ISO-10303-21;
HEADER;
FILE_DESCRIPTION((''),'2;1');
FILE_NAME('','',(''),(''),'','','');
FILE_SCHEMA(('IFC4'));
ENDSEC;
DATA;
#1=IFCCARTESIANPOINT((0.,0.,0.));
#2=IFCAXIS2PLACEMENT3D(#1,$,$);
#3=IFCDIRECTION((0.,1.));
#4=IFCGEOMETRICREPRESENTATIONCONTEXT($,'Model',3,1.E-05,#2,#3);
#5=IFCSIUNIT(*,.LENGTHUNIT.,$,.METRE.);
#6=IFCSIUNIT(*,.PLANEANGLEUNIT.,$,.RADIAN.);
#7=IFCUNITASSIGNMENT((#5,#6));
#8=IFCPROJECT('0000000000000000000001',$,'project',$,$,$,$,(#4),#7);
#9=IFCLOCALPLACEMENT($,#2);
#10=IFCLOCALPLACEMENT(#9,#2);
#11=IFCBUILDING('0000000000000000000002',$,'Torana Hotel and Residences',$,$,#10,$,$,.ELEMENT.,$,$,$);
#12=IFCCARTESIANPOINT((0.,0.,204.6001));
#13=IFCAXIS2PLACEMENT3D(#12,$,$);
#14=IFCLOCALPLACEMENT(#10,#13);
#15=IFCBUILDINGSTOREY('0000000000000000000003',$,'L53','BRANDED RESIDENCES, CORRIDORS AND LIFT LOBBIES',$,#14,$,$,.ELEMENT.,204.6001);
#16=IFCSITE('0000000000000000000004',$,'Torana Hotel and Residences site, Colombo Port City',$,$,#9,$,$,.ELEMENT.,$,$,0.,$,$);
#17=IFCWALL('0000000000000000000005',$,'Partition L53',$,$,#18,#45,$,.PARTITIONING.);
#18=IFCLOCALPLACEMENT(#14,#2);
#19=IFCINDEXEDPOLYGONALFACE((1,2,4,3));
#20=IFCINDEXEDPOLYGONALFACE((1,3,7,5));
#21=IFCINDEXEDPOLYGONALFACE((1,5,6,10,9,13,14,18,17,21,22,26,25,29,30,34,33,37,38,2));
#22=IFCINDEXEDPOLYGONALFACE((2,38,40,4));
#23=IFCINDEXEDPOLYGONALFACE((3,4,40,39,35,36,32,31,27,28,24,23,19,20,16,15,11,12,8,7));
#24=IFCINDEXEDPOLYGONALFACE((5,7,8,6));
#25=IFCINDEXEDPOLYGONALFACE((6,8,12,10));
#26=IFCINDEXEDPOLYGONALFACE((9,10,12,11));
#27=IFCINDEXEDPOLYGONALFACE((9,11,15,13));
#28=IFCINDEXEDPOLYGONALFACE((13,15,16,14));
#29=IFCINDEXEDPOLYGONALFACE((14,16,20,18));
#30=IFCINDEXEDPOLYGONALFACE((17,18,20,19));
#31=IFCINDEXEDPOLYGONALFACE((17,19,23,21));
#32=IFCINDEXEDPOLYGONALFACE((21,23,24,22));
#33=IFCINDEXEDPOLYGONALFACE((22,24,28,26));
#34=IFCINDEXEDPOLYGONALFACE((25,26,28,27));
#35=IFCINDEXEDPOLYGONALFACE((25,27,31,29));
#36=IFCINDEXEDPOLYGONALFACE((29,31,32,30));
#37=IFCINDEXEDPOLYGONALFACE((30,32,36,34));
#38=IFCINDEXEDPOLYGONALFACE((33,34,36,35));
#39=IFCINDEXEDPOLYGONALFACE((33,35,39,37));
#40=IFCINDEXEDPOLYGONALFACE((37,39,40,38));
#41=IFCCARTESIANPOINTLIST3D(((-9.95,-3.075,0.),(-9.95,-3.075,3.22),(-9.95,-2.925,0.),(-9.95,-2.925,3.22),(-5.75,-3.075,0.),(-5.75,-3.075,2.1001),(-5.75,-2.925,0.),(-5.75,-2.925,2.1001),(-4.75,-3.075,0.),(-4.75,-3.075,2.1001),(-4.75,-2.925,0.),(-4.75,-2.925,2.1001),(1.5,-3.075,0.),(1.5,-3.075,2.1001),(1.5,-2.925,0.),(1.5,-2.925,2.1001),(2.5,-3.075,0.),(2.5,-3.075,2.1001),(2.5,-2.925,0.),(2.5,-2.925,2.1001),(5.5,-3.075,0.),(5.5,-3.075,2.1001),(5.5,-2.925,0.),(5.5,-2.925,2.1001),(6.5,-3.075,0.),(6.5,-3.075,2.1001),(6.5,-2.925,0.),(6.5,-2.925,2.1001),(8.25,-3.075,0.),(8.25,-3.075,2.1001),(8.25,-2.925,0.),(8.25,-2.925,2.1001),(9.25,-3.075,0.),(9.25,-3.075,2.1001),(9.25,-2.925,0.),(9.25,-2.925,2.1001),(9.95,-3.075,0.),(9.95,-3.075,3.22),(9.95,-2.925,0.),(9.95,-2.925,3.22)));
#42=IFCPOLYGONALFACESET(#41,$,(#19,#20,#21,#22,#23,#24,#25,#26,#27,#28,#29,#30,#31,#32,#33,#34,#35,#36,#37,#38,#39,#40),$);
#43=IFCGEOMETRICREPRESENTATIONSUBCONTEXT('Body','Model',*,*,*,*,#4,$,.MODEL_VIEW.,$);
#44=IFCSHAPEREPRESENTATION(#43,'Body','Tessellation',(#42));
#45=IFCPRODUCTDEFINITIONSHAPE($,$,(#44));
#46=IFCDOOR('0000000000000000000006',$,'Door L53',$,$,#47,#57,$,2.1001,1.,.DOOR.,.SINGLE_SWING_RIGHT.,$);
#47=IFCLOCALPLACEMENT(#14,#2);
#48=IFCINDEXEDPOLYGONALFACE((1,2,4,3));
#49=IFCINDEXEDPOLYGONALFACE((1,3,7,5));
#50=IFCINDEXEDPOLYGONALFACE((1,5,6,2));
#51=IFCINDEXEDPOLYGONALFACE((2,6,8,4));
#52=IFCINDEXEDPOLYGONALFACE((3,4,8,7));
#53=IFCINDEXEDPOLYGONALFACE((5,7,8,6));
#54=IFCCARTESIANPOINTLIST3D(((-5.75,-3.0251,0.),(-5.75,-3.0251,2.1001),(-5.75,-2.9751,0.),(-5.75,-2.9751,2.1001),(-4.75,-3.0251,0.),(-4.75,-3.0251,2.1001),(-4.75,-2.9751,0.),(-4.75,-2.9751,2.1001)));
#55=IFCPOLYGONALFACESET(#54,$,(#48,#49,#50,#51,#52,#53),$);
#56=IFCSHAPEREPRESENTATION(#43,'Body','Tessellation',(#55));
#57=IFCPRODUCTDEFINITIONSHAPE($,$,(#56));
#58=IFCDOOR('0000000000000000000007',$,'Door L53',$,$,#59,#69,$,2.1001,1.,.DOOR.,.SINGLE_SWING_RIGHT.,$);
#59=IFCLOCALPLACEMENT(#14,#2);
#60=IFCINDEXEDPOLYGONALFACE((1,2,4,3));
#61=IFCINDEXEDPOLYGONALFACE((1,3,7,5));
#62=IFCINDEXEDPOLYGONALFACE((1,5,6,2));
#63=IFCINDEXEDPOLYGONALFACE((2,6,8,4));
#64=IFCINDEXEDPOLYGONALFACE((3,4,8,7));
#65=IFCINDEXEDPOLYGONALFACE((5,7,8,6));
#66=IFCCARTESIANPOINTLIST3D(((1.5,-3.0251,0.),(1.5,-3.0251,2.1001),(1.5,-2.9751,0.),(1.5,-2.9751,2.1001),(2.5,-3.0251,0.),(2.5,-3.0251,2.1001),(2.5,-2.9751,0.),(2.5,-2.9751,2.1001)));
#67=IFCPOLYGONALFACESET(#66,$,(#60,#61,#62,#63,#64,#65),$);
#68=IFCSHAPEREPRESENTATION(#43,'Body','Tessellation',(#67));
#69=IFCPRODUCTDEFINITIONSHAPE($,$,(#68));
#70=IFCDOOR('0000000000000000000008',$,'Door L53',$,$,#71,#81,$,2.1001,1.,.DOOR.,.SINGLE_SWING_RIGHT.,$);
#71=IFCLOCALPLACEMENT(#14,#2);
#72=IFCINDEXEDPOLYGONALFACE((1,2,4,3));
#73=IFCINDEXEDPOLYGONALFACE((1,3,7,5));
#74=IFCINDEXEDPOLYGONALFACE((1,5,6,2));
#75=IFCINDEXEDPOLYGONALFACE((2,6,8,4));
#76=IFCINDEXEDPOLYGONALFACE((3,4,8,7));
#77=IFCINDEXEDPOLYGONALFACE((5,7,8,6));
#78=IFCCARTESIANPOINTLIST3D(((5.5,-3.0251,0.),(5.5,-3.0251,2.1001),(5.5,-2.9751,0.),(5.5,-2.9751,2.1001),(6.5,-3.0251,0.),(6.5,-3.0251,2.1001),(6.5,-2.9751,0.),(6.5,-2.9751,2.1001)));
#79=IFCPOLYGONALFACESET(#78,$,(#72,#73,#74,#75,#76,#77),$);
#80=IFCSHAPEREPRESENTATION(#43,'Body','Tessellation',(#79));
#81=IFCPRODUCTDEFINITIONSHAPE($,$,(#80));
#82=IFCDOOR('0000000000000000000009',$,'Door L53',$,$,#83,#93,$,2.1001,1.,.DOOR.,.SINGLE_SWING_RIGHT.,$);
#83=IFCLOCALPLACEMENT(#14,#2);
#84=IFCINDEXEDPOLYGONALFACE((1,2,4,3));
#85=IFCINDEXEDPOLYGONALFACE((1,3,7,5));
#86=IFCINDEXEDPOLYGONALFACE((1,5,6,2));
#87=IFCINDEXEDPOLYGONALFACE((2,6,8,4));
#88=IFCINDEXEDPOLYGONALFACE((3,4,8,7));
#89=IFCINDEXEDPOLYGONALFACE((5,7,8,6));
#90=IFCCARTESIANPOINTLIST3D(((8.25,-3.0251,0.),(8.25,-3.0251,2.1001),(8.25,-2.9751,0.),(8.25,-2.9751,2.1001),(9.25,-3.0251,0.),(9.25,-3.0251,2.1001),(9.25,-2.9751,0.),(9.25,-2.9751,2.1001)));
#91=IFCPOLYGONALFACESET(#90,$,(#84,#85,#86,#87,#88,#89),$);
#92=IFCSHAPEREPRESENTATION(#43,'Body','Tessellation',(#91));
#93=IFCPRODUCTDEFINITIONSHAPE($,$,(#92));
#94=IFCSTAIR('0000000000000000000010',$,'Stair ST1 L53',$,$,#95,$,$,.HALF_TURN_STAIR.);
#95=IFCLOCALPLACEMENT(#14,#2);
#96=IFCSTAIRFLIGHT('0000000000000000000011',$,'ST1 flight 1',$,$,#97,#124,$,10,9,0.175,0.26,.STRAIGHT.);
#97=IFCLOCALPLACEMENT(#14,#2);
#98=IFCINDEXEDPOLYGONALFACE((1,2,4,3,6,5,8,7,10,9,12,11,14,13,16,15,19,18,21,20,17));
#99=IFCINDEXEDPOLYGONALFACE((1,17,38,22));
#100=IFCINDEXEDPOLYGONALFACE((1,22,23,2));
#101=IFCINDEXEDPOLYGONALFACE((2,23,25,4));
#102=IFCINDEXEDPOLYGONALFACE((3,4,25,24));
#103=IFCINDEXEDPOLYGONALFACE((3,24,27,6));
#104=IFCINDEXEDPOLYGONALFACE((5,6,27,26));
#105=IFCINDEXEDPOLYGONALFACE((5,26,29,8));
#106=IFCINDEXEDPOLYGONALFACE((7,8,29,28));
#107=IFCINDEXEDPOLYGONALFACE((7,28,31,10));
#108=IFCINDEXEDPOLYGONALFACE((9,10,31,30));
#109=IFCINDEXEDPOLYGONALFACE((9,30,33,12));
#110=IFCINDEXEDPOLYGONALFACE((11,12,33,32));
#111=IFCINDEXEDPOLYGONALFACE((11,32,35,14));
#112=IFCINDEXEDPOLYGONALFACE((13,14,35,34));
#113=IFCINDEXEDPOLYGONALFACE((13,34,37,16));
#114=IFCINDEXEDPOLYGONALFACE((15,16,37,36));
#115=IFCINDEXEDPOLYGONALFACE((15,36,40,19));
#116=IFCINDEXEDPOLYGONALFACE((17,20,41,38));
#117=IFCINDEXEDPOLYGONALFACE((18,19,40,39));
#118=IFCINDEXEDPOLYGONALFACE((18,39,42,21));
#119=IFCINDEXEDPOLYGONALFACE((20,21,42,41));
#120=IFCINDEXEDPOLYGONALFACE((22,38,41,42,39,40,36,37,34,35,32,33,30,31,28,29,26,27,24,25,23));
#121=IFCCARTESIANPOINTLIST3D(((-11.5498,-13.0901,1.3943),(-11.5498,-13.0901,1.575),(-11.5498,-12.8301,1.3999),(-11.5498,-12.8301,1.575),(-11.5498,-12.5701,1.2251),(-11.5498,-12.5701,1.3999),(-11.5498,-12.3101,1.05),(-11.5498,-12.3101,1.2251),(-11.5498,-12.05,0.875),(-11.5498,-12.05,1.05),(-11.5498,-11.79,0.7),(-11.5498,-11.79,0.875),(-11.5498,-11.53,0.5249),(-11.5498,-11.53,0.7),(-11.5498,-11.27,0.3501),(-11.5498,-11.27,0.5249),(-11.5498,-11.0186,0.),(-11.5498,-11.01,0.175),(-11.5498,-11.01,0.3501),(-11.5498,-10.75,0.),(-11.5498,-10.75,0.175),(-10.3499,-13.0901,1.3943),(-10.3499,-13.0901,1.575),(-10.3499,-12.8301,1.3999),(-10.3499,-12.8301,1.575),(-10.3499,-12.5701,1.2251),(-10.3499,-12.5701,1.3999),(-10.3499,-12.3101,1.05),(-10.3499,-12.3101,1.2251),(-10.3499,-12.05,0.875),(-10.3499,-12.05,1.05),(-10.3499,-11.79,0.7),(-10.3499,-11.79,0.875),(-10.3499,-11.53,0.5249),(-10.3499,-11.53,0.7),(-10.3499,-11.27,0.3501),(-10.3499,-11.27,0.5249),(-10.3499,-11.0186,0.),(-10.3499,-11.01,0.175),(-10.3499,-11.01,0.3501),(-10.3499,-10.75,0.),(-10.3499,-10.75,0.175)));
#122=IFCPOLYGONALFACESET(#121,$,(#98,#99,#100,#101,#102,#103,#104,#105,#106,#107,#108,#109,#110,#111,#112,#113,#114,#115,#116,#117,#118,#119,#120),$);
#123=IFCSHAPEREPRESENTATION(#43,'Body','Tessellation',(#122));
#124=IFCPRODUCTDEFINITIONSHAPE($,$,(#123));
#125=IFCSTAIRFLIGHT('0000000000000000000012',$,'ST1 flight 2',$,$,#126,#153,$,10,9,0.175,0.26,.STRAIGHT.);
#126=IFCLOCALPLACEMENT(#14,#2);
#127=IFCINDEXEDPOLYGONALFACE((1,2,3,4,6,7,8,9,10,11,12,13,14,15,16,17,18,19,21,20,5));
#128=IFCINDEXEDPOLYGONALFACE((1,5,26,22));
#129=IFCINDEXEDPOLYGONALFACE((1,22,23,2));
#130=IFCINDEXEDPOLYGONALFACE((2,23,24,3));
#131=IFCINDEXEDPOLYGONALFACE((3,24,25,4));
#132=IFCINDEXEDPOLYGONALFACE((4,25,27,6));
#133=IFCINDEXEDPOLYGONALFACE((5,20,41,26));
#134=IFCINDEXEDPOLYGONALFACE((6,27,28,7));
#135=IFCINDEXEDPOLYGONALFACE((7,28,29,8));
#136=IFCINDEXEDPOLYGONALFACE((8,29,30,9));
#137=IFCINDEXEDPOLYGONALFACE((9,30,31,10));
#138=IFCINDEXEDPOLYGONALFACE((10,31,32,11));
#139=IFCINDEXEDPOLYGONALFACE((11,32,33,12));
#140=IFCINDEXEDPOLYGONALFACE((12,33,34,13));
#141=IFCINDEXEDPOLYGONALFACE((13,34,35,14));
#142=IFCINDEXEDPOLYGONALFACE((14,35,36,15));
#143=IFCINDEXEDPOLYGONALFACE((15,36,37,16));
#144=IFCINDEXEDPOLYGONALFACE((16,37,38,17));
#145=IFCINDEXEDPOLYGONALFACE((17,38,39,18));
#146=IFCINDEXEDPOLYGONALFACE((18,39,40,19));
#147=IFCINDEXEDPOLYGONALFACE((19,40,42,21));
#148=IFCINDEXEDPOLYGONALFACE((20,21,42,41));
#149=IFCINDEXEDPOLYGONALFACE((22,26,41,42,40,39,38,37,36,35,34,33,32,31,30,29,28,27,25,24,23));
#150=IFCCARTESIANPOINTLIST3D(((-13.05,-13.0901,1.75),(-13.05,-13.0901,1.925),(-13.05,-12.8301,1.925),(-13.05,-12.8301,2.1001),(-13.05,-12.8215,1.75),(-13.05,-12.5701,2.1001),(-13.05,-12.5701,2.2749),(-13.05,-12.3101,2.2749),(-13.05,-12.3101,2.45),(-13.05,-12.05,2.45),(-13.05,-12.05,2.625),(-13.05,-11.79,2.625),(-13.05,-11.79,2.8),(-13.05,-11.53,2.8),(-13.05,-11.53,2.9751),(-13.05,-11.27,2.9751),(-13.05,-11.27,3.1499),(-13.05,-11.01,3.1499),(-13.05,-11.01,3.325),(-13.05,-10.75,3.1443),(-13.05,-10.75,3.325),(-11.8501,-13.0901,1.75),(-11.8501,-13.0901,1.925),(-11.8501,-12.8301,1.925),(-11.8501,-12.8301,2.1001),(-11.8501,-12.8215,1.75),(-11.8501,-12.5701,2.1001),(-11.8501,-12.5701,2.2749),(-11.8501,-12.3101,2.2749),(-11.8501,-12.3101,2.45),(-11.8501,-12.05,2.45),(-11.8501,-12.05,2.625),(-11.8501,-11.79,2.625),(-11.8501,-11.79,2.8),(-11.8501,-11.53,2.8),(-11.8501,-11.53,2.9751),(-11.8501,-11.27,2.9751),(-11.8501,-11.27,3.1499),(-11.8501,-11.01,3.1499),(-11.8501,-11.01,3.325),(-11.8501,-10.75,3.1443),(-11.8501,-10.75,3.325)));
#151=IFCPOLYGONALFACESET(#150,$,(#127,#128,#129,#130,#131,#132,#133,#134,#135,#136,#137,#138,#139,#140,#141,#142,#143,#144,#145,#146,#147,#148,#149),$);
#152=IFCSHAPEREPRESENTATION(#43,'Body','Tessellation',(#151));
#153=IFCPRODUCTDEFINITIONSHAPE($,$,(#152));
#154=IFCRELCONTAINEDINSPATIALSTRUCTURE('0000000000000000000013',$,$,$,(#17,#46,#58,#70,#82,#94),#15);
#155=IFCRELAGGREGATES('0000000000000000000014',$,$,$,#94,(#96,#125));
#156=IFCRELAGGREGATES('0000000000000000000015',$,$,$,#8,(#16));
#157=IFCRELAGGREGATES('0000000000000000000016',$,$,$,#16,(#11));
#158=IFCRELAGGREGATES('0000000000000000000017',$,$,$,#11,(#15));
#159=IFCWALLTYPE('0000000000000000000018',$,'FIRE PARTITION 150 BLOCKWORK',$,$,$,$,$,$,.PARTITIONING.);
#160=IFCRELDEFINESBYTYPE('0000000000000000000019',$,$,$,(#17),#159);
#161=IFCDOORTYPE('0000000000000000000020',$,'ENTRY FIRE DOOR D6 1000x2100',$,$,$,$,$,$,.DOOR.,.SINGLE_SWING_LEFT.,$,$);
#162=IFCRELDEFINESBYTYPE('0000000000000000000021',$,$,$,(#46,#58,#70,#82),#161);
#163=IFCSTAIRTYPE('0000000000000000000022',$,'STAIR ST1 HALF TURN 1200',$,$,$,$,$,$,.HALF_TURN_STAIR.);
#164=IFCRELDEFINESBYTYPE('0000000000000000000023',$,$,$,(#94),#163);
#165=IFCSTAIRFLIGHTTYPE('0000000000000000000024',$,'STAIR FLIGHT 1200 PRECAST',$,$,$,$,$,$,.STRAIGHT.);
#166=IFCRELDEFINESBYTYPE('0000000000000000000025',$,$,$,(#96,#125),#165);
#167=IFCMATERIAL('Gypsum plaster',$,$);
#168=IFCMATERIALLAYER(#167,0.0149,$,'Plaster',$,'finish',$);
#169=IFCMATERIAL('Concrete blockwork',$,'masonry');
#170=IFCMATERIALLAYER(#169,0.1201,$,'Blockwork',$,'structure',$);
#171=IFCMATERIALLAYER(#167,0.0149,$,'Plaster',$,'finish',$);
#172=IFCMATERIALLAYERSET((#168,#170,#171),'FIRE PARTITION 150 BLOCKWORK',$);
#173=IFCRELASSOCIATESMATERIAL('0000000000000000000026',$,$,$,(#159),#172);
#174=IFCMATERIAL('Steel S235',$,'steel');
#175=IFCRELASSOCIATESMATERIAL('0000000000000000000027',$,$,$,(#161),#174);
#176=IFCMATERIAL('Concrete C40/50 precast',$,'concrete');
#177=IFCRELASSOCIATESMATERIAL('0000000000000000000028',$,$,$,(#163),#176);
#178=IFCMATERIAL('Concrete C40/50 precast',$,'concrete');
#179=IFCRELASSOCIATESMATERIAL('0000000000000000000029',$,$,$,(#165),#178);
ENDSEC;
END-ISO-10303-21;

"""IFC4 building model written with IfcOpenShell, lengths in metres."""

from ifc_helpers import new_model, si_unit, direction, frame, frame_2d, origin, place, context, subcontext, project, spatial, polyline, rectangle, outline, extrude, material, layer, layer_set, type_object, element, fill, aggregate, save


model = new_model("IFC4")

# Units and contexts
model_context = context("Model", 3, precision=1e-05, world=origin(), true_north=direction((0.0, 1.0)))
body_context = subcontext(model_context, "Body", "Model", "MODEL_VIEW")
ifc_project = project(units=[si_unit("LENGTHUNIT", "METRE"), si_unit("PLANEANGLEUNIT", "RADIAN")], contexts=[model_context])

# Site, building, storey
site_placement = place(None, origin())
site = spatial("IfcSite", under=ifc_project, at=site_placement, Name="Torana Hotel and Residences site, Colombo Port City", CompositionType="ELEMENT", RefElevation=0.0)
building_placement = place(site_placement, origin())
building = spatial("IfcBuilding", under=site, at=building_placement, Name="Torana Hotel and Residences", CompositionType="ELEMENT")
storey_placement = place(building_placement, frame((0.0, 0.0, 204.6001)))
storey = spatial("IfcBuildingStorey", under=building, at=storey_placement, Name="L53", Description="BRANDED RESIDENCES, CORRIDORS AND LIFT LOBBIES", CompositionType="ELEMENT", Elevation=204.6001)

# Shared definitions
ifc_material_1 = material(Name="Gypsum plaster")
ifc_layer_1 = layer(ifc_material_1, 0.0149, Name="Plaster", Category="finish")
ifc_material_2 = material(Name="Concrete blockwork", Category="masonry")
ifc_layer_2 = layer(ifc_material_2, 0.1201, Name="Blockwork", Category="structure")
ifc_layer_3 = layer(ifc_material_1, 0.0149, Name="Plaster", Category="finish")
ifc_layer_set_1 = layer_set([ifc_layer_1, ifc_layer_2, ifc_layer_3], Name="FIRE PARTITION 150 BLOCKWORK")
wall_type_1 = type_object("IfcWallType", Name="FIRE PARTITION 150 BLOCKWORK", PredefinedType="PARTITIONING", material=ifc_layer_set_1)

# Wall, openings, doors
ifc_material_3 = material(Name="Steel S235", Category="steel")
door_type_1 = type_object("IfcDoorType", Name="ENTRY FIRE DOOR D6 1000x2100", OperationType="SINGLE_SWING_LEFT", PredefinedType="DOOR", material=ifc_material_3)
wall_1_placement = place(storey_placement, frame((-9.95, -3.0, 0.0), z_axis=(0.0, 0.0, 1.0), x_axis=(1.0, 0.0, 0.0)))
wall_1 = element("IfcWall", 1, at=wall_1_placement, inside=storey, type_object=wall_type_1, Name="Partition L53", PredefinedType="PARTITIONING", context=body_context, shape_type="SweptSolid", body=[
    extrude(rectangle(XDim=19.8999, YDim=0.1499, at=frame_2d((9.95, 0.0))), origin(), (0.0, 0.0, 1.0), 3.22),
])
opening_1_placement = place(wall_1_placement, frame((4.2, 0.0, 0.0)))
opening_1 = element("IfcOpeningElement", 2, at=opening_1_placement, cuts=wall_1, PredefinedType="OPENING", context=body_context, shape_type="SweptSolid", body=[
    extrude(rectangle(XDim=1.0, YDim=2.1001, at=frame_2d((0.5, 1.05))), frame((0.0, 0.085, 0.0), z_axis=(0.0, -1.0, 0.0), x_axis=(1.0, 0.0, 0.0)), (0.0, 0.0, 1.0), 0.1699),
])
opening_2_placement = place(wall_1_placement, frame((11.45, 0.0, 0.0)))
opening_2 = element("IfcOpeningElement", 3, at=opening_2_placement, cuts=wall_1, PredefinedType="OPENING", context=body_context, shape_type="SweptSolid", body=[
    extrude(rectangle(XDim=1.0, YDim=2.1001, at=frame_2d((0.5, 1.05))), frame((0.0, 0.085, 0.0), z_axis=(0.0, -1.0, 0.0), x_axis=(1.0, 0.0, 0.0)), (0.0, 0.0, 1.0), 0.1699),
])
opening_3_placement = place(wall_1_placement, frame((15.45, 0.0, 0.0)))
opening_3 = element("IfcOpeningElement", 4, at=opening_3_placement, cuts=wall_1, PredefinedType="OPENING", context=body_context, shape_type="SweptSolid", body=[
    extrude(rectangle(XDim=1.0, YDim=2.1001, at=frame_2d((0.5, 1.05))), frame((0.0, 0.085, 0.0), z_axis=(0.0, -1.0, 0.0), x_axis=(1.0, 0.0, 0.0)), (0.0, 0.0, 1.0), 0.1699),
])
opening_4_placement = place(wall_1_placement, frame((18.2, 0.0, 0.0)))
opening_4 = element("IfcOpeningElement", 5, at=opening_4_placement, cuts=wall_1, PredefinedType="OPENING", context=body_context, shape_type="SweptSolid", body=[
    extrude(rectangle(XDim=1.0, YDim=2.1001, at=frame_2d((0.5, 1.05))), frame((0.0, 0.085, 0.0), z_axis=(0.0, -1.0, 0.0), x_axis=(1.0, 0.0, 0.0)), (0.0, 0.0, 1.0), 0.1699),
])
door_1_placement = place(opening_1_placement, origin())
door_1 = element("IfcDoor", 6, at=door_1_placement, inside=storey, type_object=door_type_1, Name="Door L53", OperationType="SINGLE_SWING_RIGHT", OverallHeight=2.1001, OverallWidth=1.0, PredefinedType="DOOR", context=body_context, shape_type="SweptSolid", body=[
    extrude(rectangle(XDim=1.0, YDim=2.1001, at=frame_2d((0.5, 1.05))), frame((0.0, 0.0249, 0.0), z_axis=(0.0, -1.0, 0.0), x_axis=(1.0, 0.0, 0.0)), (0.0, 0.0, 1.0), 0.05),
])
fill(opening_1, door_1)
door_2_placement = place(opening_2_placement, origin())
door_2 = element("IfcDoor", 7, at=door_2_placement, inside=storey, type_object=door_type_1, Name="Door L53", OperationType="SINGLE_SWING_RIGHT", OverallHeight=2.1001, OverallWidth=1.0, PredefinedType="DOOR", context=body_context, shape_type="SweptSolid", body=[
    extrude(rectangle(XDim=1.0, YDim=2.1001, at=frame_2d((0.5, 1.05))), frame((0.0, 0.0249, 0.0), z_axis=(0.0, -1.0, 0.0), x_axis=(1.0, 0.0, 0.0)), (0.0, 0.0, 1.0), 0.05),
])
fill(opening_2, door_2)
door_3_placement = place(opening_3_placement, origin())
door_3 = element("IfcDoor", 8, at=door_3_placement, inside=storey, type_object=door_type_1, Name="Door L53", OperationType="SINGLE_SWING_RIGHT", OverallHeight=2.1001, OverallWidth=1.0, PredefinedType="DOOR", context=body_context, shape_type="SweptSolid", body=[
    extrude(rectangle(XDim=1.0, YDim=2.1001, at=frame_2d((0.5, 1.05))), frame((0.0, 0.0249, 0.0), z_axis=(0.0, -1.0, 0.0), x_axis=(1.0, 0.0, 0.0)), (0.0, 0.0, 1.0), 0.05),
])
fill(opening_3, door_3)
door_4_placement = place(opening_4_placement, origin())
door_4 = element("IfcDoor", 9, at=door_4_placement, inside=storey, type_object=door_type_1, Name="Door L53", OperationType="SINGLE_SWING_RIGHT", OverallHeight=2.1001, OverallWidth=1.0, PredefinedType="DOOR", context=body_context, shape_type="SweptSolid", body=[
    extrude(rectangle(XDim=1.0, YDim=2.1001, at=frame_2d((0.5, 1.05))), frame((0.0, 0.0249, 0.0), z_axis=(0.0, -1.0, 0.0), x_axis=(1.0, 0.0, 0.0)), (0.0, 0.0, 1.0), 0.05),
])
fill(opening_4, door_4)

# Stair, stair flights
ifc_material_4 = material(Name="Concrete C40/50 precast", Category="concrete")
stair_type = type_object("IfcStairType", Name="STAIR ST1 HALF TURN 1200", PredefinedType="HALF_TURN_STAIR", material=ifc_material_4)
stair_placement = place(storey_placement, origin())
stair = element("IfcStair", 10, at=stair_placement, inside=storey, type_object=stair_type, Name="Stair ST1 L53", PredefinedType="HALF_TURN_STAIR")
ifc_material_5 = material(Name="Concrete C40/50 precast", Category="concrete")
stair_flight_type = type_object("IfcStairFlightType", Name="STAIR FLIGHT 1200 PRECAST", PredefinedType="STRAIGHT", material=ifc_material_5)
stair_flight_1_placement = place(storey_placement, frame((-10.95, -10.75, 0.0), z_axis=(0.0, 0.0, 1.0), x_axis=(0.0, -1.0, 0.0)))
stair_flight_1 = element("IfcStairFlight", 11, at=stair_flight_1_placement, type_object=stair_flight_type, Name="ST1 flight 1", NumberOfRisers=10, NumberOfTreads=9, PredefinedType="STRAIGHT", RiserHeight=0.175, TreadLength=0.26, context=body_context, shape_type="SweptSolid", body=[
    extrude(outline(polyline([(0.0, 0.0), (0.0, 0.175), (0.26, 0.175), (0.26, 0.3501), (0.52, 0.3501), (0.52, 0.5249), (0.78, 0.5249), (0.78, 0.7), (1.04, 0.7), (1.04, 0.875), (1.3, 0.875), (1.3, 1.05), (1.5601, 1.05), (1.5601, 1.2251), (1.8201, 1.2251), (1.8201, 1.3999), (2.0801, 1.3999), (2.0801, 1.575), (2.3401, 1.575), (2.3401, 1.75), (2.3401, 1.3943), (0.2686, 0.0), (0.0, 0.0)])), frame((0.0, 0.6001, 0.0), z_axis=(0.0, -1.0, 0.0), x_axis=(1.0, 0.0, 0.0)), (0.0, 0.0, 1.0), 1.2),
])
stair_flight_2_placement = place(storey_placement, frame((-12.45, -13.0901, 1.75), z_axis=(0.0, 0.0, 1.0), x_axis=(0.0, 1.0, 0.0)))
stair_flight_2 = element("IfcStairFlight", 12, at=stair_flight_2_placement, type_object=stair_flight_type, Name="ST1 flight 2", NumberOfRisers=10, NumberOfTreads=9, PredefinedType="STRAIGHT", RiserHeight=0.175, TreadLength=0.26, context=body_context, shape_type="SweptSolid", body=[
    extrude(outline(polyline([(0.0, 0.0), (0.0, 0.175), (0.26, 0.175), (0.26, 0.3501), (0.52, 0.3501), (0.52, 0.5249), (0.78, 0.5249), (0.78, 0.7), (1.04, 0.7), (1.04, 0.875), (1.3, 0.875), (1.3, 1.05), (1.5601, 1.05), (1.5601, 1.2251), (1.8201, 1.2251), (1.8201, 1.3999), (2.0801, 1.3999), (2.0801, 1.575), (2.3401, 1.575), (2.3401, 1.75), (2.3401, 1.3943), (0.2686, 0.0), (0.0, 0.0)])), frame((0.0, 0.6001, 0.0), z_axis=(0.0, -1.0, 0.0), x_axis=(1.0, 0.0, 0.0)), (0.0, 0.0, 1.0), 1.2),
])
aggregate(stair, [stair_flight_1, stair_flight_2])

save(model, "model.ifc")
